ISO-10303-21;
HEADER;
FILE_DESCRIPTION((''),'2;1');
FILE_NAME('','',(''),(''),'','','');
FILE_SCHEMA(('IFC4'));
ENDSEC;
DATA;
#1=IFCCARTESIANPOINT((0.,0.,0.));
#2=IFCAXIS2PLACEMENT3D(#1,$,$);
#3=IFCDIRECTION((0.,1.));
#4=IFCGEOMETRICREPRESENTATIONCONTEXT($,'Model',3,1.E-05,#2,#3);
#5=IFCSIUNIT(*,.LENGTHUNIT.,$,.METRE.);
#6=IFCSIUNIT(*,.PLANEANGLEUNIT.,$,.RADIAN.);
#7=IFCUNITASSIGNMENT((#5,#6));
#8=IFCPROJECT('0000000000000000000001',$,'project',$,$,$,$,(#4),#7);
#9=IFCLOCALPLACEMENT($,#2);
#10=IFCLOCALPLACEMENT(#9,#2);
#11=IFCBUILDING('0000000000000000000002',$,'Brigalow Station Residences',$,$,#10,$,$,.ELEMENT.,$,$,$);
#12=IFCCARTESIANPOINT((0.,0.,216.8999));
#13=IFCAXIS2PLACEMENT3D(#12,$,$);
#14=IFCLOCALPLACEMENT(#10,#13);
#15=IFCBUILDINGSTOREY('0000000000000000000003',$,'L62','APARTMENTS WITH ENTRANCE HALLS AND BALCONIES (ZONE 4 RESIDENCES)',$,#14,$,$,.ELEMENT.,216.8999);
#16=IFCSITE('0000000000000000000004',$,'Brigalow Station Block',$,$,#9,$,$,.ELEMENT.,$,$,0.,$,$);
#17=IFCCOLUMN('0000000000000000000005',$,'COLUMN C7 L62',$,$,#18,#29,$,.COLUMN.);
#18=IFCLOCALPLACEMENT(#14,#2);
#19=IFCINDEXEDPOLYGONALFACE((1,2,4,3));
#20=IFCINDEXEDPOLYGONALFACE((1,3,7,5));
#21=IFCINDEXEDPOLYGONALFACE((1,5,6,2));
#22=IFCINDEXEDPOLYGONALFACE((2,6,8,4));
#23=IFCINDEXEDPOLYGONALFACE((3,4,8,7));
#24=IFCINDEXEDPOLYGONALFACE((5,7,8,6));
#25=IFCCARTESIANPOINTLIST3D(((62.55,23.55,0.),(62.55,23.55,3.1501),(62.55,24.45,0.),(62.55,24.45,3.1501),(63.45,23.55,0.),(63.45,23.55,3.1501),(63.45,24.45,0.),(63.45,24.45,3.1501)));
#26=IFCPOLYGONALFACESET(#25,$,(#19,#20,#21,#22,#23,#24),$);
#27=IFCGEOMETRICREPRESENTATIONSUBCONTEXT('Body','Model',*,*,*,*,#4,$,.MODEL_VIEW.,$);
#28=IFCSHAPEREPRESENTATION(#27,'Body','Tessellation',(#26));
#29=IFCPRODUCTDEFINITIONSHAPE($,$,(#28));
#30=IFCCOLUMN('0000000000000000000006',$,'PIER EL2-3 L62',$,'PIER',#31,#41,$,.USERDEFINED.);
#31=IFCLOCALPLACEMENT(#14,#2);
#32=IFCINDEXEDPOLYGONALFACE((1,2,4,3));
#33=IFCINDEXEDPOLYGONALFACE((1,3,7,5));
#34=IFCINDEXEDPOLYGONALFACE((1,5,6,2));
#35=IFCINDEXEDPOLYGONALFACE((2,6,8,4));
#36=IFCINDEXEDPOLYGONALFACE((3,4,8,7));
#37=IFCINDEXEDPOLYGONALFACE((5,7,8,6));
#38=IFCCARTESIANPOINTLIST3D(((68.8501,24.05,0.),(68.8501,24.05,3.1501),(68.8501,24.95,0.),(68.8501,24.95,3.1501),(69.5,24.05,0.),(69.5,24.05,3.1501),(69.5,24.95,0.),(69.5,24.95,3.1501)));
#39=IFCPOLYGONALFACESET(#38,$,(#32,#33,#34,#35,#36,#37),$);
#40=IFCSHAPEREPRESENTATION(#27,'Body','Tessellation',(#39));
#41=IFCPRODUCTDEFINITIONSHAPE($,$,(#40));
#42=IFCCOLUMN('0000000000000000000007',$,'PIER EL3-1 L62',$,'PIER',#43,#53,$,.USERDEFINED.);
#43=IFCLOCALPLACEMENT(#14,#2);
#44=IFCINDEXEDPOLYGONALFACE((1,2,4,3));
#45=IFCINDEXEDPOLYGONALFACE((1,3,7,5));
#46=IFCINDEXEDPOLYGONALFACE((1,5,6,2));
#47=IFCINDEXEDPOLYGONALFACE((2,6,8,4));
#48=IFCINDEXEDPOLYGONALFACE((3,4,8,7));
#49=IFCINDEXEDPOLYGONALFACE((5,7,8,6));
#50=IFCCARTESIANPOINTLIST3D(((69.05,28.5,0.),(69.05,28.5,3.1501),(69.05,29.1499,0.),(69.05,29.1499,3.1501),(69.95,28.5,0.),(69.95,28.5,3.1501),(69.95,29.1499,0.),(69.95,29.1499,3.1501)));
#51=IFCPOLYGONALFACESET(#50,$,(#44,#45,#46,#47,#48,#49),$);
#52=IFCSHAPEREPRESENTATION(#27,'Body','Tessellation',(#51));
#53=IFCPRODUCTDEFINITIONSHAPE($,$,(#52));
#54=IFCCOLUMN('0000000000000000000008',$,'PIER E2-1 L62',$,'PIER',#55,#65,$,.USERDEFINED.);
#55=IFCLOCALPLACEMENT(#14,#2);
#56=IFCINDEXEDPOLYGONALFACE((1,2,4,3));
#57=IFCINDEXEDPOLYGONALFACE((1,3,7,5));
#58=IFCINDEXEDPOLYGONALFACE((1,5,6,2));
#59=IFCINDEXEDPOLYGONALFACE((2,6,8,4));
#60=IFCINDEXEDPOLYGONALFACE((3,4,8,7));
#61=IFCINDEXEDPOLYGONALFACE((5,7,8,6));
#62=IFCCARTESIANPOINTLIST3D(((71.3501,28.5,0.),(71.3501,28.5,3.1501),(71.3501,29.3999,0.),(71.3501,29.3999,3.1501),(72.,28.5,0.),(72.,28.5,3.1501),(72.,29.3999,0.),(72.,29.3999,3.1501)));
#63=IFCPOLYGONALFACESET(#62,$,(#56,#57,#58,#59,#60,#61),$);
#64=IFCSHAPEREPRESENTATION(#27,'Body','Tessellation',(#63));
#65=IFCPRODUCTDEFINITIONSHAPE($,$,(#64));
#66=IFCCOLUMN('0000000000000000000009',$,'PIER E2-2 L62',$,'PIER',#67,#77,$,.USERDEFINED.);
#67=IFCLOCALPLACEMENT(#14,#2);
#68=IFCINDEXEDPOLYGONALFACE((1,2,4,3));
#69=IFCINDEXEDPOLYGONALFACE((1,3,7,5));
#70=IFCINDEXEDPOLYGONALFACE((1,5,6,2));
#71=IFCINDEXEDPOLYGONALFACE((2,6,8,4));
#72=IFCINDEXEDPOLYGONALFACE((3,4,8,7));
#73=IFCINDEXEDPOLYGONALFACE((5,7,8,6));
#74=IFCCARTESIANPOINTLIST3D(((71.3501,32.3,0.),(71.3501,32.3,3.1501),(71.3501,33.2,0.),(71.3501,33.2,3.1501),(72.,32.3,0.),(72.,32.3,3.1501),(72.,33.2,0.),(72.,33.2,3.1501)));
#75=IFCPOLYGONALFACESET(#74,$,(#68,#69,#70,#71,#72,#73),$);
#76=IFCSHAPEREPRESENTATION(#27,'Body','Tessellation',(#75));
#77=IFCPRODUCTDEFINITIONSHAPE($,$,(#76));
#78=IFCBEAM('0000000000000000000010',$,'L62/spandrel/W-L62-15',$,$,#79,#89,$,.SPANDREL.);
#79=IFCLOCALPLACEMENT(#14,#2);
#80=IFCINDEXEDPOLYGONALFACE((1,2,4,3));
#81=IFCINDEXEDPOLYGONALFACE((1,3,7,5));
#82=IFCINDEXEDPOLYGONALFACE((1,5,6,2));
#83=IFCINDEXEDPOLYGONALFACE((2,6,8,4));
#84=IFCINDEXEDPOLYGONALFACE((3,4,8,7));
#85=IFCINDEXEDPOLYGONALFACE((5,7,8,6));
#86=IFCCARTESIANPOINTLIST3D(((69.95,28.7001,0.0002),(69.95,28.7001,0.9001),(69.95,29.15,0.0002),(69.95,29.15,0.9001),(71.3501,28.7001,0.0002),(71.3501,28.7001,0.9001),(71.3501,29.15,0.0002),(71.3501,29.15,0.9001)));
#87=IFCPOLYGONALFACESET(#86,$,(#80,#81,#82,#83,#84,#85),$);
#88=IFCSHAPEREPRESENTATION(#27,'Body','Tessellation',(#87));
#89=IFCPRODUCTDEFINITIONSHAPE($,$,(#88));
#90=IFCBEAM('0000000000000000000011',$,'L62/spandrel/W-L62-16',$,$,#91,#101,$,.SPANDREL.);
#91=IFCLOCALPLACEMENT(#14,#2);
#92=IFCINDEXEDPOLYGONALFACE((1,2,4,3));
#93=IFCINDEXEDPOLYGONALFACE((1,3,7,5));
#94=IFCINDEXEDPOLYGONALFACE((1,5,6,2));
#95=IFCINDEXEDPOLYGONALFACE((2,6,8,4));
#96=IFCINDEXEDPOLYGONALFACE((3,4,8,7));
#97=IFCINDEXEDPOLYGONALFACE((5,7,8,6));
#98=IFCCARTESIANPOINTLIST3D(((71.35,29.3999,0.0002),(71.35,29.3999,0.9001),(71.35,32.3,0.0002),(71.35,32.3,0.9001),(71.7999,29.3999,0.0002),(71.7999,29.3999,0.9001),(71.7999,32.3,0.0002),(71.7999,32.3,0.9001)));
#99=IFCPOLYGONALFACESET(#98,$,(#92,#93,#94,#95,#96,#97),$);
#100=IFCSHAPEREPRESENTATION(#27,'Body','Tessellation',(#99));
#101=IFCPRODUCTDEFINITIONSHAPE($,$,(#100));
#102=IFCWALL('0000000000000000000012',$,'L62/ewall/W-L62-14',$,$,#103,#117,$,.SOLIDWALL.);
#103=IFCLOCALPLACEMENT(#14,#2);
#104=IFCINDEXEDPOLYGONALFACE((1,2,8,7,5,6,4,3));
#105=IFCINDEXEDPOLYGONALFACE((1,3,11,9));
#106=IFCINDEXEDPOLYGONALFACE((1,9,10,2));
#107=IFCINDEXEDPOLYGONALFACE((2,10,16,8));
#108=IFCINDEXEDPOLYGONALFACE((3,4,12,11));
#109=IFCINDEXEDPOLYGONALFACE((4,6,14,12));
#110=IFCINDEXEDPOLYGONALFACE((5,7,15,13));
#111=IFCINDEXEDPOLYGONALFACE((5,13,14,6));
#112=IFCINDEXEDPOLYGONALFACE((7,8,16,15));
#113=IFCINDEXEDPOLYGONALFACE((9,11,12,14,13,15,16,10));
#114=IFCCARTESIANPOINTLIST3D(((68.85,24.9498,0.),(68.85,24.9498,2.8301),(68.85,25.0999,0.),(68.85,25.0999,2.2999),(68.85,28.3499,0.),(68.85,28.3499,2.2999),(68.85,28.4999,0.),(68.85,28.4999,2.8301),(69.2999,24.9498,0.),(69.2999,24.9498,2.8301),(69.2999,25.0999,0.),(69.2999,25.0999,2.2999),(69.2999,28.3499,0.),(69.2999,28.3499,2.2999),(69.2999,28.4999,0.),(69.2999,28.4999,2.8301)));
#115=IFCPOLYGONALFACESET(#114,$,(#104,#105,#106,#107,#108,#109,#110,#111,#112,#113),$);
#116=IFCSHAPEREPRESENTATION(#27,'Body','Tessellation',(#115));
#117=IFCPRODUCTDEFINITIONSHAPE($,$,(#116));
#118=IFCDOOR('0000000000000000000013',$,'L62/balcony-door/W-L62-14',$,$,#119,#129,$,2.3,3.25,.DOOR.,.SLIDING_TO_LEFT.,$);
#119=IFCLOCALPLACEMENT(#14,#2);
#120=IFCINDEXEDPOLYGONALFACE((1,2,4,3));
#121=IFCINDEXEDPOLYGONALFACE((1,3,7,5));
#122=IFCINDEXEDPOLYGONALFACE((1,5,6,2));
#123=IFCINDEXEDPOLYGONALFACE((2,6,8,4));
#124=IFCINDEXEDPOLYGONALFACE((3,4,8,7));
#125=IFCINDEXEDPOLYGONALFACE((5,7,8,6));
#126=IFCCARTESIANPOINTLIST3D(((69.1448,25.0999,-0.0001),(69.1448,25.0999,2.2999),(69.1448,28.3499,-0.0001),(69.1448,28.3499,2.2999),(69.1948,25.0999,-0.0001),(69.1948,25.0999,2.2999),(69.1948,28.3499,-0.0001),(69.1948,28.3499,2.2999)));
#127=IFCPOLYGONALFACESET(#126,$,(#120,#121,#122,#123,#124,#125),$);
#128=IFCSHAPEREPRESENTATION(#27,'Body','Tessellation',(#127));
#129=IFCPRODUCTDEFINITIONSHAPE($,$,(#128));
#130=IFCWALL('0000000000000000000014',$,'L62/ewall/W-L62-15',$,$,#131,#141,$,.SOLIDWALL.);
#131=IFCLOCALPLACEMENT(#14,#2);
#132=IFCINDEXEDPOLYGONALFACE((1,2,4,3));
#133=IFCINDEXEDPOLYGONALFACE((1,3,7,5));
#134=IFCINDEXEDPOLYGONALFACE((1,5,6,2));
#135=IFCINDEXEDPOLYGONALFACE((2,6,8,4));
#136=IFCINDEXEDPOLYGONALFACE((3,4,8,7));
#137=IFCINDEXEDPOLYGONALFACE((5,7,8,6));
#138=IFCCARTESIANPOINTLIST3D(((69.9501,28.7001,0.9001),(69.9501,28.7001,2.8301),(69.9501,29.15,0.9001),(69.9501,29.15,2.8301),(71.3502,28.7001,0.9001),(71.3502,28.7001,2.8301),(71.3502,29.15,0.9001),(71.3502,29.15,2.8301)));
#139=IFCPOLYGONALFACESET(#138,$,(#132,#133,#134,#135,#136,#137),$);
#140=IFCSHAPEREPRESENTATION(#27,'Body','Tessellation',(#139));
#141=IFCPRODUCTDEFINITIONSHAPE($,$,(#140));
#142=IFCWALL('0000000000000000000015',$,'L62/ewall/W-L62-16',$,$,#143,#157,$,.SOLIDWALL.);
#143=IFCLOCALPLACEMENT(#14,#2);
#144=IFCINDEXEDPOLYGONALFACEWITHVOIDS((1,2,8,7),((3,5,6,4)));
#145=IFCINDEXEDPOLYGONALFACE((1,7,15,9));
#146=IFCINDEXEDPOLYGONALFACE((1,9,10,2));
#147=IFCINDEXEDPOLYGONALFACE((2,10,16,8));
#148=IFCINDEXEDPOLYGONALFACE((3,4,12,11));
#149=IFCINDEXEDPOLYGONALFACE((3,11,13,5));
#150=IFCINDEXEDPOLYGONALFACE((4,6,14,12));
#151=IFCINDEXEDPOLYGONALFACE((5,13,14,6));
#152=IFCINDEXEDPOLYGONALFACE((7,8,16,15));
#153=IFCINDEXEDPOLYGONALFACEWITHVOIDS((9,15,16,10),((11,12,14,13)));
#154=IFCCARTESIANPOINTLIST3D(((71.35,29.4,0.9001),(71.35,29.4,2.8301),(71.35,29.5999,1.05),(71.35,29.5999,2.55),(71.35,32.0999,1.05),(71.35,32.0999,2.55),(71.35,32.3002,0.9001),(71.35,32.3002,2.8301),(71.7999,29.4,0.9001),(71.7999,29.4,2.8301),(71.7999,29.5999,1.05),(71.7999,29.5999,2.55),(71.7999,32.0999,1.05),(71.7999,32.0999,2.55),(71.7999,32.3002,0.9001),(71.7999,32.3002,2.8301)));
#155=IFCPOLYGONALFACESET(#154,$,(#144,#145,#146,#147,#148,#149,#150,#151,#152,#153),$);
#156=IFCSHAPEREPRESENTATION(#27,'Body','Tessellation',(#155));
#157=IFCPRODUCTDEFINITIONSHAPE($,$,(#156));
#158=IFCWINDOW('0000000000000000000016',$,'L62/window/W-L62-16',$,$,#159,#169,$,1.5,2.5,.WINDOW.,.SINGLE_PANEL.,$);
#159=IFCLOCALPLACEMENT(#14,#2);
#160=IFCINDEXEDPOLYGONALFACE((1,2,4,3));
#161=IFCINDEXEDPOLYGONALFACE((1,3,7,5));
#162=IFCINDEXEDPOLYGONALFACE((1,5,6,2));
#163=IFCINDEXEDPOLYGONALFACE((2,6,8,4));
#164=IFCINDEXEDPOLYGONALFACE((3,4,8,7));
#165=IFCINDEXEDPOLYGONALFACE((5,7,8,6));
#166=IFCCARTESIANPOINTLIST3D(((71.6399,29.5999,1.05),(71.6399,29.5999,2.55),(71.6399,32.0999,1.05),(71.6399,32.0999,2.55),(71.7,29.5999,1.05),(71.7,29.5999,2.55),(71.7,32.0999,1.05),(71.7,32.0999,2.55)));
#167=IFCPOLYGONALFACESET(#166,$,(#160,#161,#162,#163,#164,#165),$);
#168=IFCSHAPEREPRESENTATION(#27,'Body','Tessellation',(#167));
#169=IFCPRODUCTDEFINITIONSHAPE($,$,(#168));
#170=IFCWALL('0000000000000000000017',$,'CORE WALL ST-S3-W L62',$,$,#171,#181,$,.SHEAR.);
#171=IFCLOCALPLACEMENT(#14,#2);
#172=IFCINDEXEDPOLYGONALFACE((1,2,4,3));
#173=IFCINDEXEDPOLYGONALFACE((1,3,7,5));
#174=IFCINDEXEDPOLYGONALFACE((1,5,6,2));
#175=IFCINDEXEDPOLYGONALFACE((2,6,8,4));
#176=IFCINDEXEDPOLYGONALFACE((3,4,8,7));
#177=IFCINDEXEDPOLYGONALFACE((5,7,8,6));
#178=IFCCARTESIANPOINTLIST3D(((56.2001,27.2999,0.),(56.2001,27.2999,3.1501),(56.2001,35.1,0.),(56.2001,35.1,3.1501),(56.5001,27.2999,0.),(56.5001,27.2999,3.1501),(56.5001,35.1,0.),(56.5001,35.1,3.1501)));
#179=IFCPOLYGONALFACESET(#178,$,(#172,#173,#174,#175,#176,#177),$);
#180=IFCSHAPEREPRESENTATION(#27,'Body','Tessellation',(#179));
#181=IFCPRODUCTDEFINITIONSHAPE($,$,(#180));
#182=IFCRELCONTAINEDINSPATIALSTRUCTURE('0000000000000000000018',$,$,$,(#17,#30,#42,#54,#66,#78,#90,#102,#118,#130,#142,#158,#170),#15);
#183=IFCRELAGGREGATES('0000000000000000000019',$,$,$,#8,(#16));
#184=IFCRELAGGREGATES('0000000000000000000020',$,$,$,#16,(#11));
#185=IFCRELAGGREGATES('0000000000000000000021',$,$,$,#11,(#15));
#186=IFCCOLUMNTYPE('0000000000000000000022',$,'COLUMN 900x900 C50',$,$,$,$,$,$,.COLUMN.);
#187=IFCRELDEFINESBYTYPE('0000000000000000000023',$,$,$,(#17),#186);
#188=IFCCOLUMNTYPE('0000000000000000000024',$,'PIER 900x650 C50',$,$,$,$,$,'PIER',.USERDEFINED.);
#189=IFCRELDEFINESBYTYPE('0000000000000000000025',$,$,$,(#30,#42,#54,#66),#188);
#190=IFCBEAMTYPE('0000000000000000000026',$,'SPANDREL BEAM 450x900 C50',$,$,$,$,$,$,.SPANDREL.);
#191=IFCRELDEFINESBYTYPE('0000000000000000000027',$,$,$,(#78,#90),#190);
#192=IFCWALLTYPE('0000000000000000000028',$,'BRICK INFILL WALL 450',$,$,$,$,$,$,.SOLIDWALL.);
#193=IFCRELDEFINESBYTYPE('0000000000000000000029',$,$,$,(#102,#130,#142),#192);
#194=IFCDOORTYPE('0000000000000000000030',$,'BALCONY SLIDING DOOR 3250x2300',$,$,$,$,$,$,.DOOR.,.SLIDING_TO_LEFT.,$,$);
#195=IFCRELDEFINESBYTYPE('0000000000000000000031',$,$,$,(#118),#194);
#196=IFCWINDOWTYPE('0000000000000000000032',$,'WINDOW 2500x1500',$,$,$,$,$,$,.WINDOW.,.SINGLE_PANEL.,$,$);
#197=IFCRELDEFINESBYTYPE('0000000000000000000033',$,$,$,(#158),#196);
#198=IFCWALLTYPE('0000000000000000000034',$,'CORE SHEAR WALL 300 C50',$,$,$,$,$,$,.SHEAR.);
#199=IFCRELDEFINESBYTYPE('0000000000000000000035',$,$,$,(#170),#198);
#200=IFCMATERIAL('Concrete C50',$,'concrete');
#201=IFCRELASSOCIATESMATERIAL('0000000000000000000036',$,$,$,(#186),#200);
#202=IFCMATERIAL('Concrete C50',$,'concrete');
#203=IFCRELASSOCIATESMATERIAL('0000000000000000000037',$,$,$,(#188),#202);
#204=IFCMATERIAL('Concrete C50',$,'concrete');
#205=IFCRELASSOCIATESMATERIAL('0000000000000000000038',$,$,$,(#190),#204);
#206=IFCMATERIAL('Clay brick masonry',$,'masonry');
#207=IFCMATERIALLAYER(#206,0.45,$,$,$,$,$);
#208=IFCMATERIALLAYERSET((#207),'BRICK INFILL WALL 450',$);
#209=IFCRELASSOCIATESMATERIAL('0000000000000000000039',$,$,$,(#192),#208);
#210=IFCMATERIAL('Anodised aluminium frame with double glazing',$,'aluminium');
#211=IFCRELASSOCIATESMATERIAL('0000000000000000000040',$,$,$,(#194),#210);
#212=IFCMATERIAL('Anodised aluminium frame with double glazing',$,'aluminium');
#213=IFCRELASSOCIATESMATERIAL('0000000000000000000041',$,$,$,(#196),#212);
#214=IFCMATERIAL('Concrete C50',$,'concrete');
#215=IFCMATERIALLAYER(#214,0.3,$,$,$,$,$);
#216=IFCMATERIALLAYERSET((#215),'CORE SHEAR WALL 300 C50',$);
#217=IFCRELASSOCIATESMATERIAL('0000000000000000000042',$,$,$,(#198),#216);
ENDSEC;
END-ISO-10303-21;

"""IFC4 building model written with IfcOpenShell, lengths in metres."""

from ifc_helpers import new_model, si_unit, direction, frame, frame_2d, origin, origin_2d, place, context, subcontext, project, spatial, rectangle, extrude, material, layer, layer_set, material_profile, profile_set, type_object, element, fill, save


model = new_model("IFC4")

# Units and contexts
model_context = context("Model", 3, precision=1e-05, world=origin(), true_north=direction((0.0, 1.0)))
body_context = subcontext(model_context, "Body", "Model", "MODEL_VIEW")
ifc_project = project(units=[si_unit("LENGTHUNIT", "METRE"), si_unit("PLANEANGLEUNIT", "RADIAN")], contexts=[model_context])

# Site, building, storey
site_placement = place(None, origin())
site = spatial("IfcSite", under=ifc_project, at=site_placement, Name="Brigalow Station Block", CompositionType="ELEMENT", RefElevation=0.0)
building_placement = place(site_placement, origin())
building = spatial("IfcBuilding", under=site, at=building_placement, Name="Brigalow Station Residences", CompositionType="ELEMENT")
storey_placement = place(building_placement, frame((0.0, 0.0, 216.8999)))
storey = spatial("IfcBuildingStorey", under=building, at=storey_placement, Name="L62", Description="APARTMENTS WITH ENTRANCE HALLS AND BALCONIES (ZONE 4 RESIDENCES)", CompositionType="ELEMENT", Elevation=216.8999)

# Columns
ifc_material_1 = material(Name="Concrete C50", Category="concrete")
ifc_material_profile_1 = material_profile(ifc_material_1, rectangle(XDim=0.8999, YDim=0.8999, at=origin_2d()), Name="RC900x900")
ifc_profile_set_1 = profile_set([ifc_material_profile_1], Name="Concrete C50")
column_type_1 = type_object("IfcColumnType", Name="COLUMN 900x900 C50", PredefinedType="COLUMN", material=ifc_profile_set_1)
column_placement = place(storey_placement, frame((63.0, 24.0, 0.0), z_axis=(0.0, 0.0, 1.0), x_axis=(1.0, 0.0, 0.0)))
element("IfcColumn", 1, at=column_placement, inside=storey, type_object=column_type_1, Name="COLUMN C7 L62", PredefinedType="COLUMN", context=body_context, shape_type="SweptSolid", body=[
    extrude(rectangle(XDim=0.8999, YDim=0.8999, at=origin_2d()), origin(), (0.0, 0.0, 1.0), 3.1501),
])
ifc_material_2 = material(Name="Concrete C50", Category="concrete")
ifc_material_profile_2 = material_profile(ifc_material_2, rectangle(XDim=0.8999, YDim=0.6499, at=origin_2d()), Name="RC900x650")
ifc_profile_set_2 = profile_set([ifc_material_profile_2], Name="Concrete C50")
column_type_2 = type_object("IfcColumnType", Name="PIER 900x650 C50", ElementType="PIER", PredefinedType="USERDEFINED", material=ifc_profile_set_2)
for number, where, z_axis, x_axis, name in (
    (2, (69.175, 24.5, 0.0), (0.0, 0.0, 1.0), (0.0, 1.0, 0.0), "PIER EL2-3 L62"),
    (3, (69.5, 28.825, 0.0), (0.0, 0.0, 1.0), (1.0, 0.0, 0.0), "PIER EL3-1 L62"),
    (4, (71.675, 28.95, 0.0), (0.0, 0.0, 1.0), (0.0, 1.0, 0.0), "PIER E2-1 L62"),
    (5, (71.675, 32.75, 0.0), (0.0, 0.0, 1.0), (0.0, 1.0, 0.0), "PIER E2-2 L62"),
):
    element("IfcColumn", number, at=place(storey_placement, frame(where, z_axis=z_axis, x_axis=x_axis)), inside=storey, type_object=column_type_2, Name=name, ObjectType="PIER", PredefinedType="USERDEFINED", context=body_context, shape_type="SweptSolid", body=[
        extrude(rectangle(XDim=0.8999, YDim=0.6499, at=origin_2d()), origin(), (0.0, 0.0, 1.0), 3.1501),
    ])

# Beams
ifc_material_3 = material(Name="Concrete C50", Category="concrete")
ifc_material_profile_3 = material_profile(ifc_material_3, rectangle(XDim=0.45, YDim=0.8999, at=origin_2d()), Name="RC450x900")
ifc_profile_set_3 = profile_set([ifc_material_profile_3], Name="Concrete C50")
beam_type = type_object("IfcBeamType", Name="SPANDREL BEAM 450x900 C50", PredefinedType="SPANDREL", material=ifc_profile_set_3)
beam_1_placement = place(storey_placement, frame((69.95, 28.925, 0.4502), z_axis=(1.0, 0.0, 0.0), x_axis=(0.0, 1.0, 0.0)))
element("IfcBeam", 6, at=beam_1_placement, inside=storey, type_object=beam_type, Name="L62/spandrel/W-L62-15", PredefinedType="SPANDREL", context=body_context, shape_type="SweptSolid", body=[
    extrude(rectangle(XDim=0.45, YDim=0.8999, at=origin_2d()), origin(), (0.0, 0.0, 1.0), 1.4001),
])
beam_2_placement = place(storey_placement, frame((71.575, 29.3999, 0.4502), z_axis=(0.0, 1.0, 0.0), x_axis=(-1.0, 0.0, 0.0)))
element("IfcBeam", 7, at=beam_2_placement, inside=storey, type_object=beam_type, Name="L62/spandrel/W-L62-16", PredefinedType="SPANDREL", context=body_context, shape_type="SweptSolid", body=[
    extrude(rectangle(XDim=0.45, YDim=0.8999, at=origin_2d()), origin(), (0.0, 0.0, 1.0), 2.9001),
])

# Wall, opening, door
ifc_material_4 = material(Name="Clay brick masonry", Category="masonry")
ifc_layer_1 = layer(ifc_material_4, 0.45)
ifc_layer_set_1 = layer_set([ifc_layer_1], Name="BRICK INFILL WALL 450")
wall_type_1 = type_object("IfcWallType", Name="BRICK INFILL WALL 450", PredefinedType="SOLIDWALL", material=ifc_layer_set_1)
wall_1_placement = place(storey_placement, frame((69.075, 24.95, 0.0), z_axis=(0.0, 0.0, 1.0), x_axis=(0.0, 1.0, 0.0)))
wall_1 = element("IfcWall", 8, at=wall_1_placement, inside=storey, type_object=wall_type_1, Name="L62/ewall/W-L62-14", PredefinedType="SOLIDWALL", context=body_context, shape_type="SweptSolid", body=[
    extrude(rectangle(XDim=3.55, YDim=0.45, at=frame_2d((1.7749, 0.0))), origin(), (0.0, 0.0, 1.0), 2.8301),
])
opening_1_placement = place(wall_1_placement, frame((0.1499, 0.0, 0.0)))
opening_1 = element("IfcOpeningElement", 9, at=opening_1_placement, cuts=wall_1, PredefinedType="OPENING", context=body_context, shape_type="SweptSolid", body=[
    extrude(rectangle(XDim=3.25, YDim=2.3, at=frame_2d((1.625, 1.1499))), frame((0.0, 0.2349, 0.0), z_axis=(0.0, -1.0, 0.0), x_axis=(1.0, 0.0, 0.0)), (0.0, 0.0, 1.0), 0.47),
])
ifc_material_5 = material(Name="Anodised aluminium frame with double glazing", Category="aluminium")
door_type_1 = type_object("IfcDoorType", Name="BALCONY SLIDING DOOR 3250x2300", OperationType="SLIDING_TO_LEFT", PredefinedType="DOOR", material=ifc_material_5)
door_1_placement = place(opening_1_placement, origin())
door_1 = element("IfcDoor", 10, at=door_1_placement, inside=storey, type_object=door_type_1, Name="L62/balcony-door/W-L62-14", OperationType="SLIDING_TO_LEFT", OverallHeight=2.3, OverallWidth=3.25, PredefinedType="DOOR", context=body_context, shape_type="SweptSolid", body=[
    extrude(rectangle(XDim=3.25, YDim=2.3, at=frame_2d((1.625, 1.1499))), frame((0.0, -0.0698, 0.0), z_axis=(0.0, -1.0, 0.0), x_axis=(1.0, 0.0, 0.0)), (0.0, 0.0, 1.0), 0.05),
])
fill(opening_1, door_1)

# Wall
wall_2_placement = place(storey_placement, frame((69.95, 28.925, 0.9001), z_axis=(0.0, 0.0, 1.0), x_axis=(1.0, 0.0, 0.0)))
element("IfcWall", 11, at=wall_2_placement, inside=storey, type_object=wall_type_1, Name="L62/ewall/W-L62-15", PredefinedType="SOLIDWALL", context=body_context, shape_type="SweptSolid", body=[
    extrude(rectangle(XDim=1.4001, YDim=0.45, at=frame_2d((0.7002, 0.0))), origin(), (0.0, 0.0, 1.0), 1.9299),
])

# Wall, opening, window
wall_3_placement = place(storey_placement, frame((71.575, 29.3999, 0.9001), z_axis=(0.0, 0.0, 1.0), x_axis=(0.0, 1.0, 0.0)))
wall_3 = element("IfcWall", 12, at=wall_3_placement, inside=storey, type_object=wall_type_1, Name="L62/ewall/W-L62-16", PredefinedType="SOLIDWALL", context=body_context, shape_type="SweptSolid", body=[
    extrude(rectangle(XDim=2.9001, YDim=0.45, at=frame_2d((1.4502, 0.0))), origin(), (0.0, 0.0, 1.0), 1.9299),
])
opening_2_placement = place(wall_3_placement, frame((0.2, 0.0, 0.1499)))
opening_2 = element("IfcOpeningElement", 13, at=opening_2_placement, cuts=wall_3, PredefinedType="OPENING", context=body_context, shape_type="SweptSolid", body=[
    extrude(rectangle(XDim=2.5, YDim=1.5, at=frame_2d((1.25, 0.75))), frame((0.0, 0.2349, 0.0), z_axis=(0.0, -1.0, 0.0), x_axis=(1.0, 0.0, 0.0)), (0.0, 0.0, 1.0), 0.47),
])
ifc_material_6 = material(Name="Anodised aluminium frame with double glazing", Category="aluminium")
window_type = type_object("IfcWindowType", Name="WINDOW 2500x1500", PartitioningType="SINGLE_PANEL", PredefinedType="WINDOW", material=ifc_material_6)
window_placement = place(opening_2_placement, origin())
window = element("IfcWindow", 14, at=window_placement, inside=storey, type_object=window_type, Name="L62/window/W-L62-16", OverallHeight=1.5, OverallWidth=2.5, PartitioningType="SINGLE_PANEL", PredefinedType="WINDOW", context=body_context, shape_type="SweptSolid", body=[
    extrude(rectangle(XDim=2.5, YDim=1.5, at=frame_2d((1.25, 0.75))), frame((0.0, -0.0649, 0.0), z_axis=(0.0, -1.0, 0.0), x_axis=(1.0, 0.0, 0.0)), (0.0, 0.0, 1.0), 0.0601),
])
fill(opening_2, window)

# Wall
ifc_material_7 = material(Name="Concrete C50", Category="concrete")
ifc_layer_2 = layer(ifc_material_7, 0.3)
ifc_layer_set_2 = layer_set([ifc_layer_2], Name="CORE SHEAR WALL 300 C50")
wall_type_2 = type_object("IfcWallType", Name="CORE SHEAR WALL 300 C50", PredefinedType="SHEAR", material=ifc_layer_set_2)
for number, where, z_axis, x_axis, name in (
    (15, (56.3501, 27.3, 0.0), (0.0, 0.0, 1.0), (0.0, 1.0, 0.0), "CORE WALL ST-S3-W L62"),
):
    element("IfcWall", number, at=place(storey_placement, frame(where, z_axis=z_axis, x_axis=x_axis)), inside=storey, type_object=wall_type_2, Name=name, PredefinedType="SHEAR", context=body_context, shape_type="SweptSolid", body=[
        extrude(rectangle(XDim=7.8, YDim=0.3, at=frame_2d((3.8999, 0.0))), origin(), (0.0, 0.0, 1.0), 3.1501),
    ])

save(model, "model.ifc")
